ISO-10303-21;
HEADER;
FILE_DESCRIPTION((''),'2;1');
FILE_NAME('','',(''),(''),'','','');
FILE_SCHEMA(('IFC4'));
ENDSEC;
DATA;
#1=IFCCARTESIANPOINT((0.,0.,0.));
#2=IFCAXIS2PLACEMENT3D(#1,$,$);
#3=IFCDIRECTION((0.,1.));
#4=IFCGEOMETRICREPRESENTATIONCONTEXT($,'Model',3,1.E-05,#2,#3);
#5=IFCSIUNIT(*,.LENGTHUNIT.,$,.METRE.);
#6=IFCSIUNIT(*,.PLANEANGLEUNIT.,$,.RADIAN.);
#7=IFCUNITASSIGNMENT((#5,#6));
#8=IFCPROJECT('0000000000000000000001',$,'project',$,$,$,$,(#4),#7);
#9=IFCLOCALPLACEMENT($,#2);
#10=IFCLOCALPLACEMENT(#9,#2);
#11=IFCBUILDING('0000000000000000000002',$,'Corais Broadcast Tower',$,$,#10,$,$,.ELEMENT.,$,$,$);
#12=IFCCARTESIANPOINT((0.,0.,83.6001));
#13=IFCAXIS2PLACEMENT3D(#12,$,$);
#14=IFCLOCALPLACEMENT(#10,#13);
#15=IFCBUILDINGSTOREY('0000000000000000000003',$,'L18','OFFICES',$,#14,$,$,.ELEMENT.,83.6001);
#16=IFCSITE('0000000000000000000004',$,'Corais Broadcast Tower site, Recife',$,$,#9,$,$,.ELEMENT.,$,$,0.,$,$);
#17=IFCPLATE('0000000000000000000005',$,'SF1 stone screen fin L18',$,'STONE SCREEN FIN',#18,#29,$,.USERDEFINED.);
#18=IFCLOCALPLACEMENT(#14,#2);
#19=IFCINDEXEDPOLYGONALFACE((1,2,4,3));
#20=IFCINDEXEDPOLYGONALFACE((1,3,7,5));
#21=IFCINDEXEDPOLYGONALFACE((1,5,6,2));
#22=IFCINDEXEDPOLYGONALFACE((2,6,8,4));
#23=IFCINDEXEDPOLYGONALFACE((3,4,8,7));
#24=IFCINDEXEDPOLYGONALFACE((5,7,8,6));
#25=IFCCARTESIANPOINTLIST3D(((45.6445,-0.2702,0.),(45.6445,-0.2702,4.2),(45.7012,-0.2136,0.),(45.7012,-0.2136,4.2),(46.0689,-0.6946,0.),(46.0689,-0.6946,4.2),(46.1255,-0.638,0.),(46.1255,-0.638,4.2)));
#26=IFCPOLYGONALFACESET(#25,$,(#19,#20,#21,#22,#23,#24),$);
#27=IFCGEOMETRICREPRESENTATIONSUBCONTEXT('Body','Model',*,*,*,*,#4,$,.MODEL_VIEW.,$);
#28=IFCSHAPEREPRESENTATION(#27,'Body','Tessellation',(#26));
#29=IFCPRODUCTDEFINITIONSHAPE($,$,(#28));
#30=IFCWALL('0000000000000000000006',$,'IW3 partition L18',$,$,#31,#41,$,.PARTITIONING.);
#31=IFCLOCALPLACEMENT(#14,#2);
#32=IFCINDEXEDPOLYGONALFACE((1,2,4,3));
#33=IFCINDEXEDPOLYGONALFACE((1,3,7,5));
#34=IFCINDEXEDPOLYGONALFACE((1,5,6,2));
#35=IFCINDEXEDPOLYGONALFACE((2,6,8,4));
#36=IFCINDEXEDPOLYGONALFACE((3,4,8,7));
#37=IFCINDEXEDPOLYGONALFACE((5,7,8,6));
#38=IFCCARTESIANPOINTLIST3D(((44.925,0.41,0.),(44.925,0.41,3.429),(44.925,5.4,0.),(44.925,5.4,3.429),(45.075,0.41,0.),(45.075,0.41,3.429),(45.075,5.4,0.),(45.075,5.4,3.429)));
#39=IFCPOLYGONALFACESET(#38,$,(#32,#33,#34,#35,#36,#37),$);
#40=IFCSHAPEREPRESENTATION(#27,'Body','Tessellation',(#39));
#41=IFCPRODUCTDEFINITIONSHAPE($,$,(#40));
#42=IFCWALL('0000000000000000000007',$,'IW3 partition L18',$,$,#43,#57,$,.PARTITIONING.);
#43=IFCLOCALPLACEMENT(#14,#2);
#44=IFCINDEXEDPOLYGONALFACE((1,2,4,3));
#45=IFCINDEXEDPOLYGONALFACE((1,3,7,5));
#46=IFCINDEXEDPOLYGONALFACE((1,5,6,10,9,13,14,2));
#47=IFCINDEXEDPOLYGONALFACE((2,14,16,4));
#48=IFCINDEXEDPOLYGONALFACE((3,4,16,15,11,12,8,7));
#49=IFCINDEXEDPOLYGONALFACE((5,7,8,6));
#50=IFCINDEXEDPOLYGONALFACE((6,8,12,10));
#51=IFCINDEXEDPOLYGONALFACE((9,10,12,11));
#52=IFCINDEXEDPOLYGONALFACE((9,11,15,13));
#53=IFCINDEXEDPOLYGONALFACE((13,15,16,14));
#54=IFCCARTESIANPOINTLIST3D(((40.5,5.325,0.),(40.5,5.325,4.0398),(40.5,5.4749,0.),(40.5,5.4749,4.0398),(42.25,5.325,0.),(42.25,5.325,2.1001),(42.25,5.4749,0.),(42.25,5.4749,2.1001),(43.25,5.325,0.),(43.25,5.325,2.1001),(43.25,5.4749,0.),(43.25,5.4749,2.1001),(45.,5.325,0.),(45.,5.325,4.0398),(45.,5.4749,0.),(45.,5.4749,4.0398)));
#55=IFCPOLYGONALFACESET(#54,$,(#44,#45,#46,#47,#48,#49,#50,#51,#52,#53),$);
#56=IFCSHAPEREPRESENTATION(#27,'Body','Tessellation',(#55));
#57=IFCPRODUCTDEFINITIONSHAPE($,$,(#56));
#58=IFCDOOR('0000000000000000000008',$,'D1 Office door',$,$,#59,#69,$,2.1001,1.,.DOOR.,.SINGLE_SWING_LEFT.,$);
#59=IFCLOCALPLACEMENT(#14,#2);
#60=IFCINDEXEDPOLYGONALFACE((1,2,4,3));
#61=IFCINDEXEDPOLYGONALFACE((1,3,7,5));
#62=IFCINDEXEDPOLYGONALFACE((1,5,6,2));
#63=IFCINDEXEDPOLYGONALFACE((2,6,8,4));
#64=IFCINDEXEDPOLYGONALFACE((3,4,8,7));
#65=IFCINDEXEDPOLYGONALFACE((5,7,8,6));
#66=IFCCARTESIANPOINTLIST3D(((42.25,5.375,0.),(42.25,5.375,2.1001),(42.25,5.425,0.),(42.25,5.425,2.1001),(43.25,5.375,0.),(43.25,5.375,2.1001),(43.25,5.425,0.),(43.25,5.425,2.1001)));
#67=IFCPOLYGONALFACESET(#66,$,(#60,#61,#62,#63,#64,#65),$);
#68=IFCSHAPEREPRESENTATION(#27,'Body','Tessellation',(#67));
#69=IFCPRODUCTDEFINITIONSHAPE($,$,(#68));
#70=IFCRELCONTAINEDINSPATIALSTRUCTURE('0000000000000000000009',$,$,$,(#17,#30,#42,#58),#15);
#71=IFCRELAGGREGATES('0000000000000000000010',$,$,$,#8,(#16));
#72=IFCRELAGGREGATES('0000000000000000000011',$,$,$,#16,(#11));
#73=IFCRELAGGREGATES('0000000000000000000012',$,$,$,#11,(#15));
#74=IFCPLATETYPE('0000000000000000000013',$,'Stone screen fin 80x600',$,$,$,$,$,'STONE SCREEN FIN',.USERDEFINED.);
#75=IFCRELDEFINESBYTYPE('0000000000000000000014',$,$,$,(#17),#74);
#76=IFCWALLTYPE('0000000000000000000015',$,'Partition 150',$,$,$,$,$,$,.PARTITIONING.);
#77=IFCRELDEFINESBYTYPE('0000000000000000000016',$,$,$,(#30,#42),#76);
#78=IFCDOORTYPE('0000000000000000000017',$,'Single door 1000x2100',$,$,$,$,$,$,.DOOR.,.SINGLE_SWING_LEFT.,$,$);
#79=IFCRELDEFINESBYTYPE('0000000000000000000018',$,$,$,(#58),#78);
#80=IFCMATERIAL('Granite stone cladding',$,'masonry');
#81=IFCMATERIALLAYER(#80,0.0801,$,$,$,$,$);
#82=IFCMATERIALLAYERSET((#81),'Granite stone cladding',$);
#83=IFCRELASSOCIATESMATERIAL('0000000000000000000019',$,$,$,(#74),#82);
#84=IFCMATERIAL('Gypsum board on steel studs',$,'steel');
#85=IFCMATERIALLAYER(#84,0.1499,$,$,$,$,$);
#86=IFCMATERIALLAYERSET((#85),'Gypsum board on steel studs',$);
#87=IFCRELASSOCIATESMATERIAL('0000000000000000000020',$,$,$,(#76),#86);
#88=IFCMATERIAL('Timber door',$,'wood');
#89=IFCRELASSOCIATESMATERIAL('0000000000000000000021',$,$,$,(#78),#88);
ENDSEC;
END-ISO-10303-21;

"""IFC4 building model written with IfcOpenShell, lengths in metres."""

from ifc_helpers import new_model, si_unit, direction, frame, frame_2d, origin, origin_2d, place, context, subcontext, project, spatial, rectangle, extrude, material, layer, layer_set, type_object, element, fill, save


model = new_model("IFC4")

# Units and contexts
model_context = context("Model", 3, precision=1e-05, world=origin(), true_north=direction((0.0, 1.0)))
body_context = subcontext(model_context, "Body", "Model", "MODEL_VIEW")
ifc_project = project(units=[si_unit("LENGTHUNIT", "METRE"), si_unit("PLANEANGLEUNIT", "RADIAN")], contexts=[model_context])

# Site, building, storey
site_placement = place(None, origin())
site = spatial("IfcSite", under=ifc_project, at=site_placement, Name="Corais Broadcast Tower site, Recife", CompositionType="ELEMENT", RefElevation=0.0)
building_placement = place(site_placement, origin())
building = spatial("IfcBuilding", under=site, at=building_placement, Name="Corais Broadcast Tower", CompositionType="ELEMENT")
storey_placement = place(building_placement, frame((0.0, 0.0, 83.6001)))
storey = spatial("IfcBuildingStorey", under=building, at=storey_placement, Name="L18", Description="OFFICES", CompositionType="ELEMENT", Elevation=83.6001)

# Plate
ifc_material_1 = material(Name="Granite stone cladding", Category="masonry")
ifc_layer_1 = layer(ifc_material_1, 0.0801)
ifc_layer_set_1 = layer_set([ifc_layer_1], Name="Granite stone cladding")
plate_type_1 = type_object("IfcPlateType", Name="Stone screen fin 80x600", ElementType="STONE SCREEN FIN", PredefinedType="USERDEFINED", material=ifc_layer_set_1)
for number, where, z_axis, x_axis, name in (
    (1, (45.885, -0.4541, 0.0), (0.0, 0.0, 1.0), (-0.707107, -0.707107, 0.0), "SF1 stone screen fin L18"),
):
    element("IfcPlate", number, at=place(storey_placement, frame(where, z_axis=z_axis, x_axis=x_axis)), inside=storey, type_object=plate_type_1, Name=name, ObjectType="STONE SCREEN FIN", PredefinedType="USERDEFINED", context=body_context, shape_type="SweptSolid", body=[
        extrude(rectangle(XDim=0.0801, YDim=0.6001, at=origin_2d()), origin(), (0.0, 0.0, 1.0), 4.2),
    ])

# Wall
ifc_material_2 = material(Name="Gypsum board on steel studs", Category="steel")
ifc_layer_2 = layer(ifc_material_2, 0.1499)
ifc_layer_set_2 = layer_set([ifc_layer_2], Name="Gypsum board on steel studs")
wall_type = type_object("IfcWallType", Name="Partition 150", PredefinedType="PARTITIONING", material=ifc_layer_set_2)
wall_1_placement = place(storey_placement, frame((45.0, 0.4099, 0.0), z_axis=(0.0, 0.0, 1.0), x_axis=(0.0, 1.0, 0.0)))
element("IfcWall", 2, at=wall_1_placement, inside=storey, type_object=wall_type, Name="IW3 partition L18", PredefinedType="PARTITIONING", context=body_context, shape_type="SweptSolid", body=[
    extrude(rectangle(XDim=4.99, YDim=0.1499, at=frame_2d((2.4951, 0.0))), origin(), (0.0, 0.0, 1.0), 3.429),
])

# Wall, opening, door
wall_2_placement = place(storey_placement, frame((45.0, 5.3999, 0.0), z_axis=(0.0, 0.0, 1.0), x_axis=(-1.0, 0.0, 0.0)))
wall_2 = element("IfcWall", 3, at=wall_2_placement, inside=storey, type_object=wall_type, Name="IW3 partition L18", PredefinedType="PARTITIONING", context=body_context, shape_type="SweptSolid", body=[
    extrude(rectangle(XDim=4.5, YDim=0.1499, at=frame_2d((2.25, 0.0))), origin(), (0.0, 0.0, 1.0), 4.0398),
])
opening_placement = place(wall_2_placement, frame((1.75, 0.0, 0.0)))
opening = element("IfcOpeningElement", 4, at=opening_placement, cuts=wall_2, PredefinedType="OPENING", context=body_context, shape_type="SweptSolid", body=[
    extrude(rectangle(XDim=1.0, YDim=2.1001, at=frame_2d((0.5, 1.05))), frame((0.0, 0.085, 0.0), z_axis=(0.0, -1.0, 0.0), x_axis=(1.0, 0.0, 0.0)), (0.0, 0.0, 1.0), 0.1699),
])
ifc_material_3 = material(Name="Timber door", Category="wood")
door_type = type_object("IfcDoorType", Name="Single door 1000x2100", OperationType="SINGLE_SWING_LEFT", PredefinedType="DOOR", material=ifc_material_3)
door_placement = place(opening_placement, origin())
door = element("IfcDoor", 5, at=door_placement, inside=storey, type_object=door_type, Name="D1 Office door", OperationType="SINGLE_SWING_LEFT", OverallHeight=2.1001, OverallWidth=1.0, PredefinedType="DOOR", context=body_context, shape_type="SweptSolid", body=[
    extrude(rectangle(XDim=1.0, YDim=2.1001, at=frame_2d((0.5, 1.05))), frame((0.0, 0.0249, 0.0), z_axis=(0.0, -1.0, 0.0), x_axis=(1.0, 0.0, 0.0)), (0.0, 0.0, 1.0), 0.05),
])
fill(opening, door)

save(model, "model.ifc")
